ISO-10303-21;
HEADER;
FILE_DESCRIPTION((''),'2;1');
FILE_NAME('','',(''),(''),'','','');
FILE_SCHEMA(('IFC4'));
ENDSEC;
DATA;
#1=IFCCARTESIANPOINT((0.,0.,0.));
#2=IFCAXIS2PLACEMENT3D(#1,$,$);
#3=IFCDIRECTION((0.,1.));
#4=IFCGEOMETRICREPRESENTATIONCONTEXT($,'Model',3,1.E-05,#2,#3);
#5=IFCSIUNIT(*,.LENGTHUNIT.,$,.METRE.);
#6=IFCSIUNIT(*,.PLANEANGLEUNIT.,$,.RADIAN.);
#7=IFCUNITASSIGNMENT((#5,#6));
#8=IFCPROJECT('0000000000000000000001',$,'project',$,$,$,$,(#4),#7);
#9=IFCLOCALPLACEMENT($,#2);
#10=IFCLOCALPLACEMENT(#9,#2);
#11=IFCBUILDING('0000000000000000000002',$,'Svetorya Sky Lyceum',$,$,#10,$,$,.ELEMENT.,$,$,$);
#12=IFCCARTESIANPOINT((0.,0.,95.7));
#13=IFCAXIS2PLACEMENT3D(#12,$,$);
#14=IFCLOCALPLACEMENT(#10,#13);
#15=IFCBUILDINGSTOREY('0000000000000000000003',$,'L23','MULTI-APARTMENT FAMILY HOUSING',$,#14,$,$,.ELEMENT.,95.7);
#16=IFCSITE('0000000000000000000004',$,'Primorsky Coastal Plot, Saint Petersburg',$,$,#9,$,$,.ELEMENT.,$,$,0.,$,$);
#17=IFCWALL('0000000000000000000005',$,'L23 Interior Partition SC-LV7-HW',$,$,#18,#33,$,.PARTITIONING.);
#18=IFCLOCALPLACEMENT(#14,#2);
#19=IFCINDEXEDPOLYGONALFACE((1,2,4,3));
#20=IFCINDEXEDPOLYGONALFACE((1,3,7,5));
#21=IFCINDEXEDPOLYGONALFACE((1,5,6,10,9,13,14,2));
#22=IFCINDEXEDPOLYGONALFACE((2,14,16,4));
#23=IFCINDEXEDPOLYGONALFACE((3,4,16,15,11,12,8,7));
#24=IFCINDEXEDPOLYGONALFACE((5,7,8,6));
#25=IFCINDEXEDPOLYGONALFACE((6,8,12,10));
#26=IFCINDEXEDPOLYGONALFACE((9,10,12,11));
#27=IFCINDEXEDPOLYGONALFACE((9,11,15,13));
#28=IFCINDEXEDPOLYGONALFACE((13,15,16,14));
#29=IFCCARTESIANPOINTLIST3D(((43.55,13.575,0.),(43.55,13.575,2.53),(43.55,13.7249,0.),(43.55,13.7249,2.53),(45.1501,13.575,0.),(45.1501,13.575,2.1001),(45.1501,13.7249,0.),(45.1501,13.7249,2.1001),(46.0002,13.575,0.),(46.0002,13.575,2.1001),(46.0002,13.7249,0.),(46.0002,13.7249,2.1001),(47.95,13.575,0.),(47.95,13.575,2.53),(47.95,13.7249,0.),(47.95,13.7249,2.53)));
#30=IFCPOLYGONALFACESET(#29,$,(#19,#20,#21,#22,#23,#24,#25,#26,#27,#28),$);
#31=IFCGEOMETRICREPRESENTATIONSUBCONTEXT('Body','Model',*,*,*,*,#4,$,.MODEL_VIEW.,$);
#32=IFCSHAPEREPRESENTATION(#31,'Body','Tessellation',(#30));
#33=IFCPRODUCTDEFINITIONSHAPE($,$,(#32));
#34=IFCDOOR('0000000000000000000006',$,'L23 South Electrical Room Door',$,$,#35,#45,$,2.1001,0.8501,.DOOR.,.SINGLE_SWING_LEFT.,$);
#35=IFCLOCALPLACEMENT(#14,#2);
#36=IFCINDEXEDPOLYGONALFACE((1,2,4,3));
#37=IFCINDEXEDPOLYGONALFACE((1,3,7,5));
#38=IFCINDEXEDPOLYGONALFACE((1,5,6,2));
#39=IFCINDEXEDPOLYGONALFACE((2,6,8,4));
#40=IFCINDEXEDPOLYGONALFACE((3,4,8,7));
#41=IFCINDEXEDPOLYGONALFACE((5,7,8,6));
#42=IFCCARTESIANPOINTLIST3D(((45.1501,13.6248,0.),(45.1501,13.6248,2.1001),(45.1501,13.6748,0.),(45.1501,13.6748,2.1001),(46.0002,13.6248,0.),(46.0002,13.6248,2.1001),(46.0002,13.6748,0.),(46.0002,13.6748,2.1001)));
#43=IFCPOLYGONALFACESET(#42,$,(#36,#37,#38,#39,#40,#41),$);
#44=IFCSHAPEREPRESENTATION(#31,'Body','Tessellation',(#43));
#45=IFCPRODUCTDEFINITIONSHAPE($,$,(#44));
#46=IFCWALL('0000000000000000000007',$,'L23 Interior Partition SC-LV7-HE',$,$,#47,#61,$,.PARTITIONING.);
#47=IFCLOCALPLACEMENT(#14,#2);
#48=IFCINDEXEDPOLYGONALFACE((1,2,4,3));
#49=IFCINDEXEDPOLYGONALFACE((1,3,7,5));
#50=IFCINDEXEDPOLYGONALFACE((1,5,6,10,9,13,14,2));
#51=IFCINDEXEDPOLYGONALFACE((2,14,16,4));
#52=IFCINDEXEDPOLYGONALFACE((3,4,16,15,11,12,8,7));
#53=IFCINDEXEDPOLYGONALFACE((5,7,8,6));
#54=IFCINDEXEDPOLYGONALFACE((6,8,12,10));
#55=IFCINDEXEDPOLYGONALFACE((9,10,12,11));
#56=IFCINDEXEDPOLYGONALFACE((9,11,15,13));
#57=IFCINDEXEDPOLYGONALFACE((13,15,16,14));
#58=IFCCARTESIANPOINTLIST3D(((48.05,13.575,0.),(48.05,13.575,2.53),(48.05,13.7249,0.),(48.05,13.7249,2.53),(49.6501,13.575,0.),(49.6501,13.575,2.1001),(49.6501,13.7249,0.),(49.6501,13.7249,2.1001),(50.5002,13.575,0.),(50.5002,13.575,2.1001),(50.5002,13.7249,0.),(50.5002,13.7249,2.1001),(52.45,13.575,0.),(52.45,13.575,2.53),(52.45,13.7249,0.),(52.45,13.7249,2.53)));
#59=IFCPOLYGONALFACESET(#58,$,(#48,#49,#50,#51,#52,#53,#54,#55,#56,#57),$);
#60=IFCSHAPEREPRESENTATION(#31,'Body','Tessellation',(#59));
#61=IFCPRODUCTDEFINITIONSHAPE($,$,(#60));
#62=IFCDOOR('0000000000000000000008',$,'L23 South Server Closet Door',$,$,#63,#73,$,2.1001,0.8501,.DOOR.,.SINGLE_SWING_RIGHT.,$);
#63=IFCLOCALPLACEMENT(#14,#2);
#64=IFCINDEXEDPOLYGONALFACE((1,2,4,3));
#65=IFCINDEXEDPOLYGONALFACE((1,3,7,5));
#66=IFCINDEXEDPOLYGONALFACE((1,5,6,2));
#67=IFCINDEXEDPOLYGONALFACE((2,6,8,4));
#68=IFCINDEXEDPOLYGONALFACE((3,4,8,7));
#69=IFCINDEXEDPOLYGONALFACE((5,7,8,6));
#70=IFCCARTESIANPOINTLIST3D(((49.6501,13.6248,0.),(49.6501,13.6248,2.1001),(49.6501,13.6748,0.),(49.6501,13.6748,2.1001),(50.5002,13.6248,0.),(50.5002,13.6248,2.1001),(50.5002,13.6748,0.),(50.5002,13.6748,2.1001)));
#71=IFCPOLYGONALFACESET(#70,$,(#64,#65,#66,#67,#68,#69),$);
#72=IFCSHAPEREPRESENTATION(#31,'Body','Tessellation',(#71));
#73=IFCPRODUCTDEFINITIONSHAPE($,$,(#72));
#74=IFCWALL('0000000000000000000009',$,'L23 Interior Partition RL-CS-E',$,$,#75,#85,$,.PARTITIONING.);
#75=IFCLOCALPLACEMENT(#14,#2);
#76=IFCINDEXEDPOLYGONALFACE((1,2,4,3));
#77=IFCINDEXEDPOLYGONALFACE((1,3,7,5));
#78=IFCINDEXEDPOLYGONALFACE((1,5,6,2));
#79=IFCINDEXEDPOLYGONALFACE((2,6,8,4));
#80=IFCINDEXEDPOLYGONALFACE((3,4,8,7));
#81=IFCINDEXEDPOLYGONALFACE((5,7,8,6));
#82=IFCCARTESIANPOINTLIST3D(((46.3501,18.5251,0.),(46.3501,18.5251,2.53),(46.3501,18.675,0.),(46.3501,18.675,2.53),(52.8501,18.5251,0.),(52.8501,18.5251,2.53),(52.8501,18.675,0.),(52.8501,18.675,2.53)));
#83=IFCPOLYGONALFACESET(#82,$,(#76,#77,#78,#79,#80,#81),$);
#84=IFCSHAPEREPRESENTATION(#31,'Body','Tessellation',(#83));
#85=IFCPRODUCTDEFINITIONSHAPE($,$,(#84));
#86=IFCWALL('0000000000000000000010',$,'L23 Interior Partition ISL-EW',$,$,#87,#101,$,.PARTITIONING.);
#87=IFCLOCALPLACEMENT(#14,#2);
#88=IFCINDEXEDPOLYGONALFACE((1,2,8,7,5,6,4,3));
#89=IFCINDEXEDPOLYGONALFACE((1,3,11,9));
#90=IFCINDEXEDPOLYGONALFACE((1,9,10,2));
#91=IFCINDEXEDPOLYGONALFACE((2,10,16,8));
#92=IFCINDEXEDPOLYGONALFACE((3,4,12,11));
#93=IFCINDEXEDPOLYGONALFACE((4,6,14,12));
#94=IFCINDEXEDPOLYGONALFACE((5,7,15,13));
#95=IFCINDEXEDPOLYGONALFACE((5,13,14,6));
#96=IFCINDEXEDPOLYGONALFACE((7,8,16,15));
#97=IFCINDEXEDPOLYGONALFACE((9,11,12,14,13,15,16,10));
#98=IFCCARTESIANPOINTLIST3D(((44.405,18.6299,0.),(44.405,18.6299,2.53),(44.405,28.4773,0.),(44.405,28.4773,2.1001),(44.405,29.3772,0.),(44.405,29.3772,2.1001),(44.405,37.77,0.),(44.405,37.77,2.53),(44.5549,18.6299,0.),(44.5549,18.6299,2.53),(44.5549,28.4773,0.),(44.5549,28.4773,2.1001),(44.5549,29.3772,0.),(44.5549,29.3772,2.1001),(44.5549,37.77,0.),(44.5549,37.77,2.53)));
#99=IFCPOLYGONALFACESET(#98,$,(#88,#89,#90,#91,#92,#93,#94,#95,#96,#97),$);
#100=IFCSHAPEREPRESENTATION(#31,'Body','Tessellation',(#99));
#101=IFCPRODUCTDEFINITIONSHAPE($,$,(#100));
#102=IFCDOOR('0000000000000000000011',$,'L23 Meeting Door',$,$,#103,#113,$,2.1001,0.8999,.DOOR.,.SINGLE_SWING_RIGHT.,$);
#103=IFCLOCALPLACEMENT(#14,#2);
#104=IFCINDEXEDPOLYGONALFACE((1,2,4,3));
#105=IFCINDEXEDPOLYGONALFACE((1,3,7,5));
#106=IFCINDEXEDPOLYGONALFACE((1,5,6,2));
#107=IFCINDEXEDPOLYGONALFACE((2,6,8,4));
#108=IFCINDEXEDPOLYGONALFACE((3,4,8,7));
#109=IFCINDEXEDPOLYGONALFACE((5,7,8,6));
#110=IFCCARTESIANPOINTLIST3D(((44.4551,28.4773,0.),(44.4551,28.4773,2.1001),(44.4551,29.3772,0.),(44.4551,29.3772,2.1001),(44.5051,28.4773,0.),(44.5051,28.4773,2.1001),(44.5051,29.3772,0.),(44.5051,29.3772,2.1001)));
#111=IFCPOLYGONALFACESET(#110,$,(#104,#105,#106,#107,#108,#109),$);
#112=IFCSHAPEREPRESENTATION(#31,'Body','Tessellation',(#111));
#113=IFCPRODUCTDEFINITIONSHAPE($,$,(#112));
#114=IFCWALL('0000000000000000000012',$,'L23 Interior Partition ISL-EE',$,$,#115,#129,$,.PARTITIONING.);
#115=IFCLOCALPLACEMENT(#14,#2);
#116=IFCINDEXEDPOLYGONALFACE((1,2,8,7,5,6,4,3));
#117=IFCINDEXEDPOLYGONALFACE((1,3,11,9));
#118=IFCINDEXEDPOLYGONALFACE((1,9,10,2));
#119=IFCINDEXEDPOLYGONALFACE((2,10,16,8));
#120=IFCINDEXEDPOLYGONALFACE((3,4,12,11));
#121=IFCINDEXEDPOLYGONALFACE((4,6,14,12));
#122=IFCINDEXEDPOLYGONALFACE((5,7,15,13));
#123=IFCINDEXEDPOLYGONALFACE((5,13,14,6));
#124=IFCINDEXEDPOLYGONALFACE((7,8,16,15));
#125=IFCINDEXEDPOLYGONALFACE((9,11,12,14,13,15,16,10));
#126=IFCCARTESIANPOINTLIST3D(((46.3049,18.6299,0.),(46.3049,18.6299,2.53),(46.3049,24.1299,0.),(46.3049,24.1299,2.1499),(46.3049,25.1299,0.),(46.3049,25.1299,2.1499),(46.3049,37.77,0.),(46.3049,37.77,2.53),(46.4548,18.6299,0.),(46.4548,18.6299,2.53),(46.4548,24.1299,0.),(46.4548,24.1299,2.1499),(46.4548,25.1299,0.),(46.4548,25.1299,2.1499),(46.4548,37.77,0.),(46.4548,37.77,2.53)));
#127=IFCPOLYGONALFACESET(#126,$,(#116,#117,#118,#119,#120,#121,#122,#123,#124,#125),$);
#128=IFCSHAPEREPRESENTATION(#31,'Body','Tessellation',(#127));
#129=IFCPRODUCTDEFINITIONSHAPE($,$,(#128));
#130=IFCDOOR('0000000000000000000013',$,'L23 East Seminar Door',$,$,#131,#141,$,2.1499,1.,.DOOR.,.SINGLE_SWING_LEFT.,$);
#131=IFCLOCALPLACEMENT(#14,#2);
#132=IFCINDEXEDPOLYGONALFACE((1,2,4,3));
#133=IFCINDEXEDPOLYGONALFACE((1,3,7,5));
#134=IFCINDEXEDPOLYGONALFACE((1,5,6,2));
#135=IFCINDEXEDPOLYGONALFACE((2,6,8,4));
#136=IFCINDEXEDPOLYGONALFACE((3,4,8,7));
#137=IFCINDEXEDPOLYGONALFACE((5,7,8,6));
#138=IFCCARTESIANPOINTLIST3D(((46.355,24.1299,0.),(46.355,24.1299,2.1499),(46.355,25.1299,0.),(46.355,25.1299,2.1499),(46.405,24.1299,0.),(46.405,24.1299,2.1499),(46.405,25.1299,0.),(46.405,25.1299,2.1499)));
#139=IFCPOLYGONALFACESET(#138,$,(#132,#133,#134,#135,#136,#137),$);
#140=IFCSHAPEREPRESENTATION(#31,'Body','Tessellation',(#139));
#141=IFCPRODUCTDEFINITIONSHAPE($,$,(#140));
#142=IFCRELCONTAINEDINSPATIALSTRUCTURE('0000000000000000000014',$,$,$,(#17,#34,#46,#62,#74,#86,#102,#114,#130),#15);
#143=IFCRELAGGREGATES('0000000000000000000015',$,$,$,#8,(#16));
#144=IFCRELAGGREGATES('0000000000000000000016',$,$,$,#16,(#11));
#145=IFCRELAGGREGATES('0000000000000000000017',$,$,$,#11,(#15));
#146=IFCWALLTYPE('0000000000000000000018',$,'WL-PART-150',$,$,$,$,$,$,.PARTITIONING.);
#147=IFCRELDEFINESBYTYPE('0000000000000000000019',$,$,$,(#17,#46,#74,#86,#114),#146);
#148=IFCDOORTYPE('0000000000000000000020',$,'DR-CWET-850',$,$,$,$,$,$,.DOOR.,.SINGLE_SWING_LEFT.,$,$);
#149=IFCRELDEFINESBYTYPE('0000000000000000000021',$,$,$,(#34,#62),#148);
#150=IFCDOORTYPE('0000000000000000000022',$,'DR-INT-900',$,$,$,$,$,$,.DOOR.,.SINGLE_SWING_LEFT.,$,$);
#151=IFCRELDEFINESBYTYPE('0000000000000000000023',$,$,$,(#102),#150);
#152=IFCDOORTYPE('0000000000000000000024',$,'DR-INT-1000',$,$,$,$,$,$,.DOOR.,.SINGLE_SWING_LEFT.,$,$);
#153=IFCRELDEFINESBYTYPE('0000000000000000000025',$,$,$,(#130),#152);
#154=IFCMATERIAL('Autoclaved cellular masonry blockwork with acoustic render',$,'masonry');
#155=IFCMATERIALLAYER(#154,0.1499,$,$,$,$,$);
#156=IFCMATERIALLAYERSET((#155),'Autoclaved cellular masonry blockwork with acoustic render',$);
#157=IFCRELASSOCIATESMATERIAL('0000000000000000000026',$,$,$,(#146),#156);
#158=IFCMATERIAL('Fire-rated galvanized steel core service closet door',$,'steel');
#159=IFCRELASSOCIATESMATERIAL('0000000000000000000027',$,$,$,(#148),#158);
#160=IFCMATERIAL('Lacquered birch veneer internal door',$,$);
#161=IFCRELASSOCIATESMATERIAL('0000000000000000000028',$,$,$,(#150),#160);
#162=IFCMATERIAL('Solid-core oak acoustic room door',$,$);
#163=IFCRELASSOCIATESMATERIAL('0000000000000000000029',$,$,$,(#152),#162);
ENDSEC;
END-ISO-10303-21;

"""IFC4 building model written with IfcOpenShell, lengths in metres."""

from ifc_helpers import new_model, si_unit, direction, frame, frame_2d, origin, place, context, subcontext, project, spatial, rectangle, extrude, material, layer, layer_set, type_object, element, fill, save


model = new_model("IFC4")

# Units and contexts
model_context = context("Model", 3, precision=1e-05, world=origin(), true_north=direction((0.0, 1.0)))
body_context = subcontext(model_context, "Body", "Model", "MODEL_VIEW")
ifc_project = project(units=[si_unit("LENGTHUNIT", "METRE"), si_unit("PLANEANGLEUNIT", "RADIAN")], contexts=[model_context])

# Site, building, storey
site_placement = place(None, origin())
site = spatial("IfcSite", under=ifc_project, at=site_placement, Name="Primorsky Coastal Plot, Saint Petersburg", CompositionType="ELEMENT", RefElevation=0.0)
building_placement = place(site_placement, origin())
building = spatial("IfcBuilding", under=site, at=building_placement, Name="Svetorya Sky Lyceum", CompositionType="ELEMENT")
storey_placement = place(building_placement, frame((0.0, 0.0, 95.7)))
storey = spatial("IfcBuildingStorey", under=building, at=storey_placement, Name="L23", Description="MULTI-APARTMENT FAMILY HOUSING", CompositionType="ELEMENT", Elevation=95.7)

# Shared definitions
ifc_material_1 = material(Name="Autoclaved cellular masonry blockwork with acoustic render", Category="masonry")
ifc_layer_1 = layer(ifc_material_1, 0.1499)
ifc_layer_set_1 = layer_set([ifc_layer_1], Name="Autoclaved cellular masonry blockwork with acoustic render")
wall_type_1 = type_object("IfcWallType", Name="WL-PART-150", PredefinedType="PARTITIONING", material=ifc_layer_set_1)

# Walls, openings, doors
wall_1_placement = place(storey_placement, frame((43.55, 13.6499, 0.0), z_axis=(0.0, 0.0, 1.0), x_axis=(1.0, 0.0, 0.0)))
wall_1 = element("IfcWall", 1, at=wall_1_placement, inside=storey, type_object=wall_type_1, Name="L23 Interior Partition SC-LV7-HW", PredefinedType="PARTITIONING", context=body_context, shape_type="SweptSolid", body=[
    extrude(rectangle(XDim=4.3999, YDim=0.1499, at=frame_2d((2.2, 0.0))), origin(), (0.0, 0.0, 1.0), 2.53),
])
opening_1_placement = place(wall_1_placement, frame((1.6001, 0.0, 0.0)))
opening_1 = element("IfcOpeningElement", 2, at=opening_1_placement, cuts=wall_1, PredefinedType="OPENING", context=body_context, shape_type="SweptSolid", body=[
    extrude(rectangle(XDim=0.8501, YDim=2.1001, at=frame_2d((0.425, 1.05))), frame((0.0, 0.085, 0.0), z_axis=(0.0, -1.0, 0.0), x_axis=(1.0, 0.0, 0.0)), (0.0, 0.0, 1.0), 0.1699),
])
ifc_material_2 = material(Name="Fire-rated galvanized steel core service closet door", Category="steel")
door_type_1 = type_object("IfcDoorType", Name="DR-CWET-850", OperationType="SINGLE_SWING_LEFT", PredefinedType="DOOR", material=ifc_material_2)
door_1_placement = place(opening_1_placement, origin())
door_1 = element("IfcDoor", 3, at=door_1_placement, inside=storey, type_object=door_type_1, Name="L23 South Electrical Room Door", OperationType="SINGLE_SWING_LEFT", OverallHeight=2.1001, OverallWidth=0.8501, PredefinedType="DOOR", context=body_context, shape_type="SweptSolid", body=[
    extrude(rectangle(XDim=0.8501, YDim=2.1001, at=frame_2d((0.425, 1.05))), frame((0.0, 0.0249, 0.0), z_axis=(0.0, -1.0, 0.0), x_axis=(1.0, 0.0, 0.0)), (0.0, 0.0, 1.0), 0.05),
])
fill(opening_1, door_1)
wall_2_placement = place(storey_placement, frame((48.05, 13.6499, 0.0), z_axis=(0.0, 0.0, 1.0), x_axis=(1.0, 0.0, 0.0)))
wall_2 = element("IfcWall", 4, at=wall_2_placement, inside=storey, type_object=wall_type_1, Name="L23 Interior Partition SC-LV7-HE", PredefinedType="PARTITIONING", context=body_context, shape_type="SweptSolid", body=[
    extrude(rectangle(XDim=4.3999, YDim=0.1499, at=frame_2d((2.2, 0.0))), origin(), (0.0, 0.0, 1.0), 2.53),
])
opening_2_placement = place(wall_2_placement, frame((1.6001, 0.0, 0.0)))
opening_2 = element("IfcOpeningElement", 5, at=opening_2_placement, cuts=wall_2, PredefinedType="OPENING", context=body_context, shape_type="SweptSolid", body=[
    extrude(rectangle(XDim=0.8501, YDim=2.1001, at=frame_2d((0.425, 1.05))), frame((0.0, 0.085, 0.0), z_axis=(0.0, -1.0, 0.0), x_axis=(1.0, 0.0, 0.0)), (0.0, 0.0, 1.0), 0.1699),
])
door_2_placement = place(opening_2_placement, origin())
door_2 = element("IfcDoor", 6, at=door_2_placement, inside=storey, type_object=door_type_1, Name="L23 South Server Closet Door", OperationType="SINGLE_SWING_RIGHT", OverallHeight=2.1001, OverallWidth=0.8501, PredefinedType="DOOR", context=body_context, shape_type="SweptSolid", body=[
    extrude(rectangle(XDim=0.8501, YDim=2.1001, at=frame_2d((0.425, 1.05))), frame((0.0, 0.0249, 0.0), z_axis=(0.0, -1.0, 0.0), x_axis=(1.0, 0.0, 0.0)), (0.0, 0.0, 1.0), 0.05),
])
fill(opening_2, door_2)

# Wall
wall_3_placement = place(storey_placement, frame((46.3501, 18.6001, 0.0), z_axis=(0.0, 0.0, 1.0), x_axis=(1.0, 0.0, 0.0)))
element("IfcWall", 7, at=wall_3_placement, inside=storey, type_object=wall_type_1, Name="L23 Interior Partition RL-CS-E", PredefinedType="PARTITIONING", context=body_context, shape_type="SweptSolid", body=[
    extrude(rectangle(XDim=6.5, YDim=0.1499, at=frame_2d((3.25, 0.0))), origin(), (0.0, 0.0, 1.0), 2.53),
])

# Walls, openings, doors
wall_4_placement = place(storey_placement, frame((44.48, 18.6299, 0.0), z_axis=(0.0, 0.0, 1.0), x_axis=(0.0, 1.0, 0.0)))
wall_4 = element("IfcWall", 8, at=wall_4_placement, inside=storey, type_object=wall_type_1, Name="L23 Interior Partition ISL-EW", PredefinedType="PARTITIONING", context=body_context, shape_type="SweptSolid", body=[
    extrude(rectangle(XDim=19.1401, YDim=0.1499, at=frame_2d((9.5701, 0.0))), origin(), (0.0, 0.0, 1.0), 2.53),
])
opening_3_placement = place(wall_4_placement, frame((9.8474, 0.0, 0.0)))
opening_3 = element("IfcOpeningElement", 9, at=opening_3_placement, cuts=wall_4, PredefinedType="OPENING", context=body_context, shape_type="SweptSolid", body=[
    extrude(rectangle(XDim=0.8999, YDim=2.1001, at=frame_2d((0.45, 1.05))), frame((0.0, 0.085, 0.0), z_axis=(0.0, -1.0, 0.0), x_axis=(1.0, 0.0, 0.0)), (0.0, 0.0, 1.0), 0.1699),
])
ifc_material_3 = material(Name="Lacquered birch veneer internal door")
door_type_2 = type_object("IfcDoorType", Name="DR-INT-900", OperationType="SINGLE_SWING_LEFT", PredefinedType="DOOR", material=ifc_material_3)
door_3_placement = place(opening_3_placement, origin())
door_3 = element("IfcDoor", 10, at=door_3_placement, inside=storey, type_object=door_type_2, Name="L23 Meeting Door", OperationType="SINGLE_SWING_RIGHT", OverallHeight=2.1001, OverallWidth=0.8999, PredefinedType="DOOR", context=body_context, shape_type="SweptSolid", body=[
    extrude(rectangle(XDim=0.8999, YDim=2.1001, at=frame_2d((0.45, 1.05))), frame((0.0, 0.0249, 0.0), z_axis=(0.0, -1.0, 0.0), x_axis=(1.0, 0.0, 0.0)), (0.0, 0.0, 1.0), 0.05),
])
fill(opening_3, door_3)
wall_5_placement = place(storey_placement, frame((46.3799, 18.6299, 0.0), z_axis=(0.0, 0.0, 1.0), x_axis=(0.0, 1.0, 0.0)))
wall_5 = element("IfcWall", 11, at=wall_5_placement, inside=storey, type_object=wall_type_1, Name="L23 Interior Partition ISL-EE", PredefinedType="PARTITIONING", context=body_context, shape_type="SweptSolid", body=[
    extrude(rectangle(XDim=19.1401, YDim=0.1499, at=frame_2d((9.5701, 0.0))), origin(), (0.0, 0.0, 1.0), 2.53),
])
opening_4_placement = place(wall_5_placement, frame((5.5, 0.0, 0.0)))
opening_4 = element("IfcOpeningElement", 12, at=opening_4_placement, cuts=wall_5, PredefinedType="OPENING", context=body_context, shape_type="SweptSolid", body=[
    extrude(rectangle(XDim=1.0, YDim=2.1499, at=frame_2d((0.5, 1.075))), frame((0.0, 0.085, 0.0), z_axis=(0.0, -1.0, 0.0), x_axis=(1.0, 0.0, 0.0)), (0.0, 0.0, 1.0), 0.1699),
])
ifc_material_4 = material(Name="Solid-core oak acoustic room door")
door_type_3 = type_object("IfcDoorType", Name="DR-INT-1000", OperationType="SINGLE_SWING_LEFT", PredefinedType="DOOR", material=ifc_material_4)
door_4_placement = place(opening_4_placement, origin())
door_4 = element("IfcDoor", 13, at=door_4_placement, inside=storey, type_object=door_type_3, Name="L23 East Seminar Door", OperationType="SINGLE_SWING_LEFT", OverallHeight=2.1499, OverallWidth=1.0, PredefinedType="DOOR", context=body_context, shape_type="SweptSolid", body=[
    extrude(rectangle(XDim=1.0, YDim=2.1499, at=frame_2d((0.5, 1.075))), frame((0.0, 0.0249, 0.0), z_axis=(0.0, -1.0, 0.0), x_axis=(1.0, 0.0, 0.0)), (0.0, 0.0, 1.0), 0.05),
])
fill(opening_4, door_4)

save(model, "model.ifc")
